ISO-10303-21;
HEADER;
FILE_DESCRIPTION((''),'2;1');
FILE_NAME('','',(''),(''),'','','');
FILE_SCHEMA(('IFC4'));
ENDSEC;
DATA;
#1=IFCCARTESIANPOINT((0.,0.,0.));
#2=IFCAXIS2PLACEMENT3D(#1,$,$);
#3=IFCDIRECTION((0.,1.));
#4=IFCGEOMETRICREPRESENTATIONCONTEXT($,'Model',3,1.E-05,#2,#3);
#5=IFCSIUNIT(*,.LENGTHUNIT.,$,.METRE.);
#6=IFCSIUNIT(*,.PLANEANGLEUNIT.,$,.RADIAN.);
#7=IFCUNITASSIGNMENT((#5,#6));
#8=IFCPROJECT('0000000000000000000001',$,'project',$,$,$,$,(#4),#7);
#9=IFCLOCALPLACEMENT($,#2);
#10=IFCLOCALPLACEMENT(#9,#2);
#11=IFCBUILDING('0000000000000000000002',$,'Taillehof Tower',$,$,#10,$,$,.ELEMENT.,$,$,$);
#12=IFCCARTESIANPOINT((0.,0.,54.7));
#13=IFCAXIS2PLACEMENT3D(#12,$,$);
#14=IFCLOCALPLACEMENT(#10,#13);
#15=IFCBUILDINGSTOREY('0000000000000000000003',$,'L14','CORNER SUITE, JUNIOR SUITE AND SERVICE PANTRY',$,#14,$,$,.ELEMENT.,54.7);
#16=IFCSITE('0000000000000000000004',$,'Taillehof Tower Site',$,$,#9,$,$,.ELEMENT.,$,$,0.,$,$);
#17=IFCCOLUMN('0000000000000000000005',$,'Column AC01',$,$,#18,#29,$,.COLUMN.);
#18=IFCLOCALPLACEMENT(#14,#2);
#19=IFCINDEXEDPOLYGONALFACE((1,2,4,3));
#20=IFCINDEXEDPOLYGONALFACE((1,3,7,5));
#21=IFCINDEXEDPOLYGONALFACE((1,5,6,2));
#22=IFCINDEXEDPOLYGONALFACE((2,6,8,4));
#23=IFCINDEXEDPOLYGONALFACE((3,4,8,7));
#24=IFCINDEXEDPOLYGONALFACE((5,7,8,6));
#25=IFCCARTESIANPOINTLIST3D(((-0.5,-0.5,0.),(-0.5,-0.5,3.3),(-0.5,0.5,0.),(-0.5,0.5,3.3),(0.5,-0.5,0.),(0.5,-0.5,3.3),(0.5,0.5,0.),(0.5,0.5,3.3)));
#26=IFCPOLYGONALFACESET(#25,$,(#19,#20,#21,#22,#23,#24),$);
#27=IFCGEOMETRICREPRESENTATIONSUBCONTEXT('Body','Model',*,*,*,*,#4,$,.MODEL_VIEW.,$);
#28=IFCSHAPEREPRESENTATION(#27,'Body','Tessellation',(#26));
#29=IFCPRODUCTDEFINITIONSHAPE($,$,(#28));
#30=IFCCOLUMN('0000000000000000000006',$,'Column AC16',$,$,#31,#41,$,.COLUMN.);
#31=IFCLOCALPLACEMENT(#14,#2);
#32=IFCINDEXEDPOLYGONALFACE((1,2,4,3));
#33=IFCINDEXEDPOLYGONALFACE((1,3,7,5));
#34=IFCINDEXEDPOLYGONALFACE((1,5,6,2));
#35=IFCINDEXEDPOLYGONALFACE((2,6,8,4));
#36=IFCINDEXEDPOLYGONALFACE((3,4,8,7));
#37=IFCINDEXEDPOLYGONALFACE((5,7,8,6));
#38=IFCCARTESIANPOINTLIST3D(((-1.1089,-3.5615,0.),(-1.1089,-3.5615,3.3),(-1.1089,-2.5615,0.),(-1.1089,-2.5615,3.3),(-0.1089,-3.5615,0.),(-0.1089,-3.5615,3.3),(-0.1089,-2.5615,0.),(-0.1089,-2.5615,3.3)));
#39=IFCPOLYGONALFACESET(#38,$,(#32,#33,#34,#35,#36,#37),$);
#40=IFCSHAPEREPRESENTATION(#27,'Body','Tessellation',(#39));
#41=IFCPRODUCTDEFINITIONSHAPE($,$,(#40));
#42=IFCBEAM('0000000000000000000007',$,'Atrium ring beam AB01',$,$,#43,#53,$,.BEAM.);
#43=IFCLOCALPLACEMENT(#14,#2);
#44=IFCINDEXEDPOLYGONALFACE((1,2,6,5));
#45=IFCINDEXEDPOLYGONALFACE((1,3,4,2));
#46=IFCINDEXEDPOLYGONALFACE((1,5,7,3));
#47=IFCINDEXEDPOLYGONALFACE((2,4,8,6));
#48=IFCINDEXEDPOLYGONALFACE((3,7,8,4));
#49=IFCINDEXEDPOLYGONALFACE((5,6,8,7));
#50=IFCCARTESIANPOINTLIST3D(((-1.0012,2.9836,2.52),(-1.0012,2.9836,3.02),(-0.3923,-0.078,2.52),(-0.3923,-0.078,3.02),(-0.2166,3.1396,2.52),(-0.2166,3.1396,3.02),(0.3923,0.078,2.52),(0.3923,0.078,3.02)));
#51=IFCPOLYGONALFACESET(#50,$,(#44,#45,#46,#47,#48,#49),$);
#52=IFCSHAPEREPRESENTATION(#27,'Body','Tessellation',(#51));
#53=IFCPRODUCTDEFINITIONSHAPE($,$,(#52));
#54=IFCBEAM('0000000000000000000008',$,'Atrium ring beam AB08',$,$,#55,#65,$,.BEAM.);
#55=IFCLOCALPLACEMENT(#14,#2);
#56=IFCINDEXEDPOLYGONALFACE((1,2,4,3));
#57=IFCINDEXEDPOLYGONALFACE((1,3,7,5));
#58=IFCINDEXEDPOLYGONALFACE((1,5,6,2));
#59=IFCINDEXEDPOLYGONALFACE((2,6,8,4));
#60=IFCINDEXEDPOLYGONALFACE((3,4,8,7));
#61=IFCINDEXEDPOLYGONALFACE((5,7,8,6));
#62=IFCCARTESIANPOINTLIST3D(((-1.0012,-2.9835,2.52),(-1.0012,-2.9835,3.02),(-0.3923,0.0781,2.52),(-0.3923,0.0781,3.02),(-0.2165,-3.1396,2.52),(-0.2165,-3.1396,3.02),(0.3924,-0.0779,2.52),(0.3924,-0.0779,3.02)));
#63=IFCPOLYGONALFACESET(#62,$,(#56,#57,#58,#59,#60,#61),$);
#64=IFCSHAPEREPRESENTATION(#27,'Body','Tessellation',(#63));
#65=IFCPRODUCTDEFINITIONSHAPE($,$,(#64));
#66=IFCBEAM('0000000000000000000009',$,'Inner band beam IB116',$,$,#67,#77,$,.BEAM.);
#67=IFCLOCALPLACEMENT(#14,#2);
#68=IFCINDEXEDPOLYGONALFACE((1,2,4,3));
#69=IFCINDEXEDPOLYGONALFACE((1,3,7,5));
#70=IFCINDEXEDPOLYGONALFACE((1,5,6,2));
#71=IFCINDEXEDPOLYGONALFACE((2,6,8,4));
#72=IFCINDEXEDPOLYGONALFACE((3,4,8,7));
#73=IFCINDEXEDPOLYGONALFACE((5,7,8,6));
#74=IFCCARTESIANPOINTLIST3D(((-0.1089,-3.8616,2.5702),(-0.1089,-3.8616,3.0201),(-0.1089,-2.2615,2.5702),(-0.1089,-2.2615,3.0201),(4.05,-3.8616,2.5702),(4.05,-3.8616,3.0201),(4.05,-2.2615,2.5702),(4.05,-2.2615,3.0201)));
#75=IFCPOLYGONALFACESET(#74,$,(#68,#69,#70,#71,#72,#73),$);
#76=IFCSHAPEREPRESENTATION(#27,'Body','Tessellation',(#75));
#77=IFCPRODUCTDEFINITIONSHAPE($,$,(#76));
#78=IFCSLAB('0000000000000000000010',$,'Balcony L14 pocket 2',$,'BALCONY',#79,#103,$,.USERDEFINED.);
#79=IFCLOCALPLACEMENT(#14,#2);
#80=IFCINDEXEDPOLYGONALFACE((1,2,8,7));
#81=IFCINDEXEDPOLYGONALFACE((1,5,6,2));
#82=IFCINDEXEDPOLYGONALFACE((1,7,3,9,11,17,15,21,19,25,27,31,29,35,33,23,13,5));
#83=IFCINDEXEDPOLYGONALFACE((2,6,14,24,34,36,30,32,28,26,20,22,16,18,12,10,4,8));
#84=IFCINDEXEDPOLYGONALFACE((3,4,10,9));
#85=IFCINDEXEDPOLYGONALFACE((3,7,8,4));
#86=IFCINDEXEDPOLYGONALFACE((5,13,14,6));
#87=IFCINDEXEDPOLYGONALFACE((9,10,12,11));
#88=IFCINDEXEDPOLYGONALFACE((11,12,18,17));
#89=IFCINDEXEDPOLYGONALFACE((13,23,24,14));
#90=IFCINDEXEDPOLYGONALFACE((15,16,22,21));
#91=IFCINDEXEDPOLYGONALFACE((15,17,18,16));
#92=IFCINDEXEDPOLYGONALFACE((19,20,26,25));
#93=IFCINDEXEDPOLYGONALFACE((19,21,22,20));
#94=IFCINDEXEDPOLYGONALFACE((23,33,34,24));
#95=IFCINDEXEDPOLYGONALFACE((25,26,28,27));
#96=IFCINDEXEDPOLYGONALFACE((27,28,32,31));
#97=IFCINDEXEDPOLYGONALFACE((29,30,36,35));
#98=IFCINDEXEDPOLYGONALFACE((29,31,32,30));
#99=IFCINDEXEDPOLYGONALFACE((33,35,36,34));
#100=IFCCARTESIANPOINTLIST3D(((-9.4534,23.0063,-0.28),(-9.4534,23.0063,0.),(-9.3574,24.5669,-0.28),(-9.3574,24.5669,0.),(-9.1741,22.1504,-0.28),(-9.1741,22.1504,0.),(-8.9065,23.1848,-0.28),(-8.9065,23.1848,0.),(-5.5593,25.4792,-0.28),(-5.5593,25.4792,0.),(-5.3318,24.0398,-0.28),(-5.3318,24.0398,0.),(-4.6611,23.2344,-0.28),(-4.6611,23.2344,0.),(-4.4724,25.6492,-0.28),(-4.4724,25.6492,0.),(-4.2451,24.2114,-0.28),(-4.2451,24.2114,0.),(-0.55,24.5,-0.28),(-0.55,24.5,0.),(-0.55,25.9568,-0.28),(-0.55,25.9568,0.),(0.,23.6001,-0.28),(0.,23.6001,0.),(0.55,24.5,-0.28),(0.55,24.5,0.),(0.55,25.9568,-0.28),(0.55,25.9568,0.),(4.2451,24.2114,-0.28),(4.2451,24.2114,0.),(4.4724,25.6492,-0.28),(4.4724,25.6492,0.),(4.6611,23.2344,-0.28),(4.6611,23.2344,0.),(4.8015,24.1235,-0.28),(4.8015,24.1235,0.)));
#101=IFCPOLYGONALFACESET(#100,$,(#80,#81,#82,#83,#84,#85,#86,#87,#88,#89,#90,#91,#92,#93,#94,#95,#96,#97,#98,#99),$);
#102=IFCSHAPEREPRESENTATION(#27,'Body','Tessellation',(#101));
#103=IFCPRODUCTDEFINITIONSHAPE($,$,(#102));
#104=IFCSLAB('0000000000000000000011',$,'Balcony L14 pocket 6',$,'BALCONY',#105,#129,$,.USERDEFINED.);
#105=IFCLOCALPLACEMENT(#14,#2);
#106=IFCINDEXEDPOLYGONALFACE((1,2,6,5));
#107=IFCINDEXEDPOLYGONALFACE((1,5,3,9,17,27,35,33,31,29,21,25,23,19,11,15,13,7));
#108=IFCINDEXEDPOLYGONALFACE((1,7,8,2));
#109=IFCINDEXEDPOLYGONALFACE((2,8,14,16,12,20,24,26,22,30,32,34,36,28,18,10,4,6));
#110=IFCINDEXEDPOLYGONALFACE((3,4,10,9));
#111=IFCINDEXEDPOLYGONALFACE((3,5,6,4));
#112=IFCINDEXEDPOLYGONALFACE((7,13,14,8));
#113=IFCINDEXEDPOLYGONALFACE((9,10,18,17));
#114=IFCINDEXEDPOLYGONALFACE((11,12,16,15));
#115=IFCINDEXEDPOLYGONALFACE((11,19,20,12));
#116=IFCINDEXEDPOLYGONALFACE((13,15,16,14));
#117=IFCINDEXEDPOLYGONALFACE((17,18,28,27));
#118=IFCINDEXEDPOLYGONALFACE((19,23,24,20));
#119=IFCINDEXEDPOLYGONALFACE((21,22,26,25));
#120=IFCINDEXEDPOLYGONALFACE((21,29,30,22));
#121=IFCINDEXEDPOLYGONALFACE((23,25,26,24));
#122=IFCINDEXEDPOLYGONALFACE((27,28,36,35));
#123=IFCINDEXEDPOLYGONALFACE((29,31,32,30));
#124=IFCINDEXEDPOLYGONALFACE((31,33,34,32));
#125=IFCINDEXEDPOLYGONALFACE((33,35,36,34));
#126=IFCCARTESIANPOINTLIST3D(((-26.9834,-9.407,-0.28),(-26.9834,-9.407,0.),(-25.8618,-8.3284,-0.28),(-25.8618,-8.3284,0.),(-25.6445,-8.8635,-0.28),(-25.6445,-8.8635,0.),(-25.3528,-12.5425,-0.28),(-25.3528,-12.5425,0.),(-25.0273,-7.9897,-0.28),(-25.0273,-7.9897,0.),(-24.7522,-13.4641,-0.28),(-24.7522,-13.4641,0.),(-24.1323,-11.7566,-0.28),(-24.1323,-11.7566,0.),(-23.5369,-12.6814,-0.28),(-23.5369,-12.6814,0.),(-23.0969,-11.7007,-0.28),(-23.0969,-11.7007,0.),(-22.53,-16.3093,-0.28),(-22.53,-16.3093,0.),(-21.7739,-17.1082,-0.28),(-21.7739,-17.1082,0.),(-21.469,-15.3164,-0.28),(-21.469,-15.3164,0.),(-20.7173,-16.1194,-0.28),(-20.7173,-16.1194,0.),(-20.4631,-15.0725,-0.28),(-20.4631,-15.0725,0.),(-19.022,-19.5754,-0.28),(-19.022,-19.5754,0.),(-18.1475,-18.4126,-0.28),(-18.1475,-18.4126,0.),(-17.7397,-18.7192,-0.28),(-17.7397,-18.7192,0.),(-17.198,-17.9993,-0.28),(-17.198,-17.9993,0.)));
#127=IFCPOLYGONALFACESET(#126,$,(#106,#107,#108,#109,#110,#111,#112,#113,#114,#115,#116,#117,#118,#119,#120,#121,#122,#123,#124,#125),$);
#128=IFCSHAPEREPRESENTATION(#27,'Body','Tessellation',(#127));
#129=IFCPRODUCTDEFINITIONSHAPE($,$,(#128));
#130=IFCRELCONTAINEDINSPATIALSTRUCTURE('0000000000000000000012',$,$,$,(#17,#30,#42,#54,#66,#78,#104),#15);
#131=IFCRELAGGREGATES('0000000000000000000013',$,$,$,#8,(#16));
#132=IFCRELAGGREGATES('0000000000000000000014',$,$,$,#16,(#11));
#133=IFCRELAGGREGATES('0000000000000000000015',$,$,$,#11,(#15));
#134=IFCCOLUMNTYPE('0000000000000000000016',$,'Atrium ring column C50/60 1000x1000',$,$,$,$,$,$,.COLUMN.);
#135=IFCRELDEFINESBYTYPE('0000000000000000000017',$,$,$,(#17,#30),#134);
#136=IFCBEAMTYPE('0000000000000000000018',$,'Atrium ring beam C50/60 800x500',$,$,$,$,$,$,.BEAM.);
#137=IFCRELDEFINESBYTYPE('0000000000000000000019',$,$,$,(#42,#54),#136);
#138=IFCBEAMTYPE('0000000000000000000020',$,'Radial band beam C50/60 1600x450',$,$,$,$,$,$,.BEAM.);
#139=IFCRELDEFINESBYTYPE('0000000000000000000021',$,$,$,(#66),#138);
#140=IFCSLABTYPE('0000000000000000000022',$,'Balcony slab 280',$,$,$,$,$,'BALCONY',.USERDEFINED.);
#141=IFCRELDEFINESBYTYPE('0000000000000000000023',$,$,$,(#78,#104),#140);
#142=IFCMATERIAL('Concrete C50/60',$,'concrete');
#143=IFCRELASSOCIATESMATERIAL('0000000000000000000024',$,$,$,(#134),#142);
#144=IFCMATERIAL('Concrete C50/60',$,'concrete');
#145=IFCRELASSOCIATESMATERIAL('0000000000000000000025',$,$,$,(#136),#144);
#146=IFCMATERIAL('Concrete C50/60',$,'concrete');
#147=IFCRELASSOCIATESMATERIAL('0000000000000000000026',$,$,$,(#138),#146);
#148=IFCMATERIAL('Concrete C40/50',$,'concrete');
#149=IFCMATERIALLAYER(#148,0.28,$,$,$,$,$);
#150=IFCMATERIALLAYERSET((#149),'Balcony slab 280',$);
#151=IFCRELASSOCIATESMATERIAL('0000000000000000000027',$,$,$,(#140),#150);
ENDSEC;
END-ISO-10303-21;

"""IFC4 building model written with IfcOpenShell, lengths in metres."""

from ifc_helpers import new_model, si_unit, direction, frame, origin, origin_2d, place, context, subcontext, project, spatial, polyline, rectangle, outline, extrude, material, layer, layer_set, material_profile, profile_set, type_object, element, save


model = new_model("IFC4")

# Units and contexts
model_context = context("Model", 3, precision=1e-05, world=origin(), true_north=direction((0.0, 1.0)))
body_context = subcontext(model_context, "Body", "Model", "MODEL_VIEW")
ifc_project = project(units=[si_unit("LENGTHUNIT", "METRE"), si_unit("PLANEANGLEUNIT", "RADIAN")], contexts=[model_context])

# Site, building, storey
site_placement = place(None, origin())
site = spatial("IfcSite", under=ifc_project, at=site_placement, Name="Taillehof Tower Site", CompositionType="ELEMENT", RefElevation=0.0)
building_placement = place(site_placement, origin())
building = spatial("IfcBuilding", under=site, at=building_placement, Name="Taillehof Tower", CompositionType="ELEMENT")
storey_placement = place(building_placement, frame((0.0, 0.0, 54.7)))
storey = spatial("IfcBuildingStorey", under=building, at=storey_placement, Name="L14", Description="CORNER SUITE, JUNIOR SUITE AND SERVICE PANTRY", CompositionType="ELEMENT", Elevation=54.7)

# Columns
ifc_material_1 = material(Name="Concrete C50/60", Category="concrete")
ifc_material_profile_1 = material_profile(ifc_material_1, rectangle(XDim=1.0, YDim=1.0, at=origin_2d()), Name="RC 1000x1000")
ifc_profile_set_1 = profile_set([ifc_material_profile_1], Name="Concrete C50/60")
column_type = type_object("IfcColumnType", Name="Atrium ring column C50/60 1000x1000", PredefinedType="COLUMN", material=ifc_profile_set_1)
for number, where, z_axis, x_axis, name in (
    (1, (0.0, 0.0, 0.0), (0.0, 0.0, 1.0), (1.0, 0.0, 0.0), "Column AC01"),
    (2, (-0.6089, -3.0615, 0.0), (0.0, 0.0, 1.0), (1.0, 0.0, 0.0), "Column AC16"),
):
    element("IfcColumn", number, at=place(storey_placement, frame(where, z_axis=z_axis, x_axis=x_axis)), inside=storey, type_object=column_type, Name=name, PredefinedType="COLUMN", context=body_context, shape_type="SweptSolid", body=[
        extrude(rectangle(XDim=1.0, YDim=1.0, at=origin_2d()), origin(), (0.0, 0.0, 1.0), 3.3),
    ])

# Beams
ifc_material_2 = material(Name="Concrete C50/60", Category="concrete")
ifc_material_profile_2 = material_profile(ifc_material_2, rectangle(XDim=0.8, YDim=0.5, at=origin_2d()), Name="RC 800x500")
ifc_profile_set_2 = profile_set([ifc_material_profile_2], Name="Concrete C50/60")
beam_type_1 = type_object("IfcBeamType", Name="Atrium ring beam C50/60 800x500", PredefinedType="BEAM", material=ifc_profile_set_2)
for number, where, z_axis, x_axis, name in (
    (3, (0.0, 0.0, 2.77), (-0.195063, 0.980791, 0.0), (-0.980791, -0.195063, 0.0), "Atrium ring beam AB01"),
    (4, (-0.6089, -3.0615, 2.77), (0.195063, 0.980791, 0.0), (-0.980791, 0.195063, 0.0), "Atrium ring beam AB08"),
):
    element("IfcBeam", number, at=place(storey_placement, frame(where, z_axis=z_axis, x_axis=x_axis)), inside=storey, type_object=beam_type_1, Name=name, PredefinedType="BEAM", context=body_context, shape_type="SweptSolid", body=[
        extrude(rectangle(XDim=0.8, YDim=0.5, at=origin_2d()), origin(), (0.0, 0.0, 1.0), 3.1216),
    ])
ifc_material_3 = material(Name="Concrete C50/60", Category="concrete")
ifc_material_profile_3 = material_profile(ifc_material_3, rectangle(XDim=1.6001, YDim=0.45, at=origin_2d()), Name="RC 1600x450")
ifc_profile_set_3 = profile_set([ifc_material_profile_3], Name="Concrete C50/60")
beam_type_2 = type_object("IfcBeamType", Name="Radial band beam C50/60 1600x450", PredefinedType="BEAM", material=ifc_profile_set_3)
beam_placement = place(storey_placement, frame((-0.1089, -3.0615, 2.7952), z_axis=(1.0, 0.0, 0.0), x_axis=(0.0, 1.0, 0.0)))
element("IfcBeam", 5, at=beam_placement, inside=storey, type_object=beam_type_2, Name="Inner band beam IB116", PredefinedType="BEAM", context=body_context, shape_type="SweptSolid", body=[
    extrude(rectangle(XDim=1.6001, YDim=0.45, at=origin_2d()), origin(), (0.0, 0.0, 1.0), 4.1589),
])

# Slabs
ifc_material_4 = material(Name="Concrete C40/50", Category="concrete")
ifc_layer_1 = layer(ifc_material_4, 0.28)
ifc_layer_set_1 = layer_set([ifc_layer_1], Name="Balcony slab 280")
slab_type_1 = type_object("IfcSlabType", Name="Balcony slab 280", ElementType="BALCONY", PredefinedType="USERDEFINED", material=ifc_layer_set_1)
slab_1_placement = place(storey_placement, frame((0.0, 0.0, -0.28)))
element("IfcSlab", 6, at=slab_1_placement, inside=storey, type_object=slab_type_1, Name="Balcony L14 pocket 2", ObjectType="BALCONY", PredefinedType="USERDEFINED", context=body_context, shape_type="SweptSolid", body=[
    extrude(outline(polyline([(-9.1741, 22.1504), (-9.4534, 23.0063), (-8.9065, 23.1848), (-9.3574, 24.5669), (-5.5593, 25.4792), (-5.3318, 24.0398), (-4.2451, 24.2114), (-4.4724, 25.6492), (-0.55, 25.9568), (-0.55, 24.5), (0.55, 24.5), (0.55, 25.9568), (4.4724, 25.6492), (4.2451, 24.2114), (4.8015, 24.1235), (4.6611, 23.2344), (0.0, 23.6001), (-4.6611, 23.2344), (-9.1741, 22.1504)])), origin(), (0.0, 0.0, 1.0), 0.28),
])
slab_2_placement = place(storey_placement, frame((0.0, 0.0, -0.28)))
element("IfcSlab", 7, at=slab_2_placement, inside=storey, type_object=slab_type_1, Name="Balcony L14 pocket 6", ObjectType="BALCONY", PredefinedType="USERDEFINED", context=body_context, shape_type="SweptSolid", body=[
    extrude(outline(polyline([(-17.198, -17.9993), (-17.7397, -18.7192), (-18.1475, -18.4126), (-19.022, -19.5754), (-21.7739, -17.1082), (-20.7173, -16.1194), (-21.469, -15.3164), (-22.53, -16.3093), (-24.7522, -13.4641), (-23.5369, -12.6814), (-24.1323, -11.7566), (-25.3528, -12.5425), (-26.9834, -9.407), (-25.6445, -8.8635), (-25.8618, -8.3284), (-25.0273, -7.9897), (-23.0969, -11.7007), (-20.4631, -15.0725), (-17.198, -17.9993)])), origin(), (0.0, 0.0, 1.0), 0.28),
])

save(model, "model.ifc")
